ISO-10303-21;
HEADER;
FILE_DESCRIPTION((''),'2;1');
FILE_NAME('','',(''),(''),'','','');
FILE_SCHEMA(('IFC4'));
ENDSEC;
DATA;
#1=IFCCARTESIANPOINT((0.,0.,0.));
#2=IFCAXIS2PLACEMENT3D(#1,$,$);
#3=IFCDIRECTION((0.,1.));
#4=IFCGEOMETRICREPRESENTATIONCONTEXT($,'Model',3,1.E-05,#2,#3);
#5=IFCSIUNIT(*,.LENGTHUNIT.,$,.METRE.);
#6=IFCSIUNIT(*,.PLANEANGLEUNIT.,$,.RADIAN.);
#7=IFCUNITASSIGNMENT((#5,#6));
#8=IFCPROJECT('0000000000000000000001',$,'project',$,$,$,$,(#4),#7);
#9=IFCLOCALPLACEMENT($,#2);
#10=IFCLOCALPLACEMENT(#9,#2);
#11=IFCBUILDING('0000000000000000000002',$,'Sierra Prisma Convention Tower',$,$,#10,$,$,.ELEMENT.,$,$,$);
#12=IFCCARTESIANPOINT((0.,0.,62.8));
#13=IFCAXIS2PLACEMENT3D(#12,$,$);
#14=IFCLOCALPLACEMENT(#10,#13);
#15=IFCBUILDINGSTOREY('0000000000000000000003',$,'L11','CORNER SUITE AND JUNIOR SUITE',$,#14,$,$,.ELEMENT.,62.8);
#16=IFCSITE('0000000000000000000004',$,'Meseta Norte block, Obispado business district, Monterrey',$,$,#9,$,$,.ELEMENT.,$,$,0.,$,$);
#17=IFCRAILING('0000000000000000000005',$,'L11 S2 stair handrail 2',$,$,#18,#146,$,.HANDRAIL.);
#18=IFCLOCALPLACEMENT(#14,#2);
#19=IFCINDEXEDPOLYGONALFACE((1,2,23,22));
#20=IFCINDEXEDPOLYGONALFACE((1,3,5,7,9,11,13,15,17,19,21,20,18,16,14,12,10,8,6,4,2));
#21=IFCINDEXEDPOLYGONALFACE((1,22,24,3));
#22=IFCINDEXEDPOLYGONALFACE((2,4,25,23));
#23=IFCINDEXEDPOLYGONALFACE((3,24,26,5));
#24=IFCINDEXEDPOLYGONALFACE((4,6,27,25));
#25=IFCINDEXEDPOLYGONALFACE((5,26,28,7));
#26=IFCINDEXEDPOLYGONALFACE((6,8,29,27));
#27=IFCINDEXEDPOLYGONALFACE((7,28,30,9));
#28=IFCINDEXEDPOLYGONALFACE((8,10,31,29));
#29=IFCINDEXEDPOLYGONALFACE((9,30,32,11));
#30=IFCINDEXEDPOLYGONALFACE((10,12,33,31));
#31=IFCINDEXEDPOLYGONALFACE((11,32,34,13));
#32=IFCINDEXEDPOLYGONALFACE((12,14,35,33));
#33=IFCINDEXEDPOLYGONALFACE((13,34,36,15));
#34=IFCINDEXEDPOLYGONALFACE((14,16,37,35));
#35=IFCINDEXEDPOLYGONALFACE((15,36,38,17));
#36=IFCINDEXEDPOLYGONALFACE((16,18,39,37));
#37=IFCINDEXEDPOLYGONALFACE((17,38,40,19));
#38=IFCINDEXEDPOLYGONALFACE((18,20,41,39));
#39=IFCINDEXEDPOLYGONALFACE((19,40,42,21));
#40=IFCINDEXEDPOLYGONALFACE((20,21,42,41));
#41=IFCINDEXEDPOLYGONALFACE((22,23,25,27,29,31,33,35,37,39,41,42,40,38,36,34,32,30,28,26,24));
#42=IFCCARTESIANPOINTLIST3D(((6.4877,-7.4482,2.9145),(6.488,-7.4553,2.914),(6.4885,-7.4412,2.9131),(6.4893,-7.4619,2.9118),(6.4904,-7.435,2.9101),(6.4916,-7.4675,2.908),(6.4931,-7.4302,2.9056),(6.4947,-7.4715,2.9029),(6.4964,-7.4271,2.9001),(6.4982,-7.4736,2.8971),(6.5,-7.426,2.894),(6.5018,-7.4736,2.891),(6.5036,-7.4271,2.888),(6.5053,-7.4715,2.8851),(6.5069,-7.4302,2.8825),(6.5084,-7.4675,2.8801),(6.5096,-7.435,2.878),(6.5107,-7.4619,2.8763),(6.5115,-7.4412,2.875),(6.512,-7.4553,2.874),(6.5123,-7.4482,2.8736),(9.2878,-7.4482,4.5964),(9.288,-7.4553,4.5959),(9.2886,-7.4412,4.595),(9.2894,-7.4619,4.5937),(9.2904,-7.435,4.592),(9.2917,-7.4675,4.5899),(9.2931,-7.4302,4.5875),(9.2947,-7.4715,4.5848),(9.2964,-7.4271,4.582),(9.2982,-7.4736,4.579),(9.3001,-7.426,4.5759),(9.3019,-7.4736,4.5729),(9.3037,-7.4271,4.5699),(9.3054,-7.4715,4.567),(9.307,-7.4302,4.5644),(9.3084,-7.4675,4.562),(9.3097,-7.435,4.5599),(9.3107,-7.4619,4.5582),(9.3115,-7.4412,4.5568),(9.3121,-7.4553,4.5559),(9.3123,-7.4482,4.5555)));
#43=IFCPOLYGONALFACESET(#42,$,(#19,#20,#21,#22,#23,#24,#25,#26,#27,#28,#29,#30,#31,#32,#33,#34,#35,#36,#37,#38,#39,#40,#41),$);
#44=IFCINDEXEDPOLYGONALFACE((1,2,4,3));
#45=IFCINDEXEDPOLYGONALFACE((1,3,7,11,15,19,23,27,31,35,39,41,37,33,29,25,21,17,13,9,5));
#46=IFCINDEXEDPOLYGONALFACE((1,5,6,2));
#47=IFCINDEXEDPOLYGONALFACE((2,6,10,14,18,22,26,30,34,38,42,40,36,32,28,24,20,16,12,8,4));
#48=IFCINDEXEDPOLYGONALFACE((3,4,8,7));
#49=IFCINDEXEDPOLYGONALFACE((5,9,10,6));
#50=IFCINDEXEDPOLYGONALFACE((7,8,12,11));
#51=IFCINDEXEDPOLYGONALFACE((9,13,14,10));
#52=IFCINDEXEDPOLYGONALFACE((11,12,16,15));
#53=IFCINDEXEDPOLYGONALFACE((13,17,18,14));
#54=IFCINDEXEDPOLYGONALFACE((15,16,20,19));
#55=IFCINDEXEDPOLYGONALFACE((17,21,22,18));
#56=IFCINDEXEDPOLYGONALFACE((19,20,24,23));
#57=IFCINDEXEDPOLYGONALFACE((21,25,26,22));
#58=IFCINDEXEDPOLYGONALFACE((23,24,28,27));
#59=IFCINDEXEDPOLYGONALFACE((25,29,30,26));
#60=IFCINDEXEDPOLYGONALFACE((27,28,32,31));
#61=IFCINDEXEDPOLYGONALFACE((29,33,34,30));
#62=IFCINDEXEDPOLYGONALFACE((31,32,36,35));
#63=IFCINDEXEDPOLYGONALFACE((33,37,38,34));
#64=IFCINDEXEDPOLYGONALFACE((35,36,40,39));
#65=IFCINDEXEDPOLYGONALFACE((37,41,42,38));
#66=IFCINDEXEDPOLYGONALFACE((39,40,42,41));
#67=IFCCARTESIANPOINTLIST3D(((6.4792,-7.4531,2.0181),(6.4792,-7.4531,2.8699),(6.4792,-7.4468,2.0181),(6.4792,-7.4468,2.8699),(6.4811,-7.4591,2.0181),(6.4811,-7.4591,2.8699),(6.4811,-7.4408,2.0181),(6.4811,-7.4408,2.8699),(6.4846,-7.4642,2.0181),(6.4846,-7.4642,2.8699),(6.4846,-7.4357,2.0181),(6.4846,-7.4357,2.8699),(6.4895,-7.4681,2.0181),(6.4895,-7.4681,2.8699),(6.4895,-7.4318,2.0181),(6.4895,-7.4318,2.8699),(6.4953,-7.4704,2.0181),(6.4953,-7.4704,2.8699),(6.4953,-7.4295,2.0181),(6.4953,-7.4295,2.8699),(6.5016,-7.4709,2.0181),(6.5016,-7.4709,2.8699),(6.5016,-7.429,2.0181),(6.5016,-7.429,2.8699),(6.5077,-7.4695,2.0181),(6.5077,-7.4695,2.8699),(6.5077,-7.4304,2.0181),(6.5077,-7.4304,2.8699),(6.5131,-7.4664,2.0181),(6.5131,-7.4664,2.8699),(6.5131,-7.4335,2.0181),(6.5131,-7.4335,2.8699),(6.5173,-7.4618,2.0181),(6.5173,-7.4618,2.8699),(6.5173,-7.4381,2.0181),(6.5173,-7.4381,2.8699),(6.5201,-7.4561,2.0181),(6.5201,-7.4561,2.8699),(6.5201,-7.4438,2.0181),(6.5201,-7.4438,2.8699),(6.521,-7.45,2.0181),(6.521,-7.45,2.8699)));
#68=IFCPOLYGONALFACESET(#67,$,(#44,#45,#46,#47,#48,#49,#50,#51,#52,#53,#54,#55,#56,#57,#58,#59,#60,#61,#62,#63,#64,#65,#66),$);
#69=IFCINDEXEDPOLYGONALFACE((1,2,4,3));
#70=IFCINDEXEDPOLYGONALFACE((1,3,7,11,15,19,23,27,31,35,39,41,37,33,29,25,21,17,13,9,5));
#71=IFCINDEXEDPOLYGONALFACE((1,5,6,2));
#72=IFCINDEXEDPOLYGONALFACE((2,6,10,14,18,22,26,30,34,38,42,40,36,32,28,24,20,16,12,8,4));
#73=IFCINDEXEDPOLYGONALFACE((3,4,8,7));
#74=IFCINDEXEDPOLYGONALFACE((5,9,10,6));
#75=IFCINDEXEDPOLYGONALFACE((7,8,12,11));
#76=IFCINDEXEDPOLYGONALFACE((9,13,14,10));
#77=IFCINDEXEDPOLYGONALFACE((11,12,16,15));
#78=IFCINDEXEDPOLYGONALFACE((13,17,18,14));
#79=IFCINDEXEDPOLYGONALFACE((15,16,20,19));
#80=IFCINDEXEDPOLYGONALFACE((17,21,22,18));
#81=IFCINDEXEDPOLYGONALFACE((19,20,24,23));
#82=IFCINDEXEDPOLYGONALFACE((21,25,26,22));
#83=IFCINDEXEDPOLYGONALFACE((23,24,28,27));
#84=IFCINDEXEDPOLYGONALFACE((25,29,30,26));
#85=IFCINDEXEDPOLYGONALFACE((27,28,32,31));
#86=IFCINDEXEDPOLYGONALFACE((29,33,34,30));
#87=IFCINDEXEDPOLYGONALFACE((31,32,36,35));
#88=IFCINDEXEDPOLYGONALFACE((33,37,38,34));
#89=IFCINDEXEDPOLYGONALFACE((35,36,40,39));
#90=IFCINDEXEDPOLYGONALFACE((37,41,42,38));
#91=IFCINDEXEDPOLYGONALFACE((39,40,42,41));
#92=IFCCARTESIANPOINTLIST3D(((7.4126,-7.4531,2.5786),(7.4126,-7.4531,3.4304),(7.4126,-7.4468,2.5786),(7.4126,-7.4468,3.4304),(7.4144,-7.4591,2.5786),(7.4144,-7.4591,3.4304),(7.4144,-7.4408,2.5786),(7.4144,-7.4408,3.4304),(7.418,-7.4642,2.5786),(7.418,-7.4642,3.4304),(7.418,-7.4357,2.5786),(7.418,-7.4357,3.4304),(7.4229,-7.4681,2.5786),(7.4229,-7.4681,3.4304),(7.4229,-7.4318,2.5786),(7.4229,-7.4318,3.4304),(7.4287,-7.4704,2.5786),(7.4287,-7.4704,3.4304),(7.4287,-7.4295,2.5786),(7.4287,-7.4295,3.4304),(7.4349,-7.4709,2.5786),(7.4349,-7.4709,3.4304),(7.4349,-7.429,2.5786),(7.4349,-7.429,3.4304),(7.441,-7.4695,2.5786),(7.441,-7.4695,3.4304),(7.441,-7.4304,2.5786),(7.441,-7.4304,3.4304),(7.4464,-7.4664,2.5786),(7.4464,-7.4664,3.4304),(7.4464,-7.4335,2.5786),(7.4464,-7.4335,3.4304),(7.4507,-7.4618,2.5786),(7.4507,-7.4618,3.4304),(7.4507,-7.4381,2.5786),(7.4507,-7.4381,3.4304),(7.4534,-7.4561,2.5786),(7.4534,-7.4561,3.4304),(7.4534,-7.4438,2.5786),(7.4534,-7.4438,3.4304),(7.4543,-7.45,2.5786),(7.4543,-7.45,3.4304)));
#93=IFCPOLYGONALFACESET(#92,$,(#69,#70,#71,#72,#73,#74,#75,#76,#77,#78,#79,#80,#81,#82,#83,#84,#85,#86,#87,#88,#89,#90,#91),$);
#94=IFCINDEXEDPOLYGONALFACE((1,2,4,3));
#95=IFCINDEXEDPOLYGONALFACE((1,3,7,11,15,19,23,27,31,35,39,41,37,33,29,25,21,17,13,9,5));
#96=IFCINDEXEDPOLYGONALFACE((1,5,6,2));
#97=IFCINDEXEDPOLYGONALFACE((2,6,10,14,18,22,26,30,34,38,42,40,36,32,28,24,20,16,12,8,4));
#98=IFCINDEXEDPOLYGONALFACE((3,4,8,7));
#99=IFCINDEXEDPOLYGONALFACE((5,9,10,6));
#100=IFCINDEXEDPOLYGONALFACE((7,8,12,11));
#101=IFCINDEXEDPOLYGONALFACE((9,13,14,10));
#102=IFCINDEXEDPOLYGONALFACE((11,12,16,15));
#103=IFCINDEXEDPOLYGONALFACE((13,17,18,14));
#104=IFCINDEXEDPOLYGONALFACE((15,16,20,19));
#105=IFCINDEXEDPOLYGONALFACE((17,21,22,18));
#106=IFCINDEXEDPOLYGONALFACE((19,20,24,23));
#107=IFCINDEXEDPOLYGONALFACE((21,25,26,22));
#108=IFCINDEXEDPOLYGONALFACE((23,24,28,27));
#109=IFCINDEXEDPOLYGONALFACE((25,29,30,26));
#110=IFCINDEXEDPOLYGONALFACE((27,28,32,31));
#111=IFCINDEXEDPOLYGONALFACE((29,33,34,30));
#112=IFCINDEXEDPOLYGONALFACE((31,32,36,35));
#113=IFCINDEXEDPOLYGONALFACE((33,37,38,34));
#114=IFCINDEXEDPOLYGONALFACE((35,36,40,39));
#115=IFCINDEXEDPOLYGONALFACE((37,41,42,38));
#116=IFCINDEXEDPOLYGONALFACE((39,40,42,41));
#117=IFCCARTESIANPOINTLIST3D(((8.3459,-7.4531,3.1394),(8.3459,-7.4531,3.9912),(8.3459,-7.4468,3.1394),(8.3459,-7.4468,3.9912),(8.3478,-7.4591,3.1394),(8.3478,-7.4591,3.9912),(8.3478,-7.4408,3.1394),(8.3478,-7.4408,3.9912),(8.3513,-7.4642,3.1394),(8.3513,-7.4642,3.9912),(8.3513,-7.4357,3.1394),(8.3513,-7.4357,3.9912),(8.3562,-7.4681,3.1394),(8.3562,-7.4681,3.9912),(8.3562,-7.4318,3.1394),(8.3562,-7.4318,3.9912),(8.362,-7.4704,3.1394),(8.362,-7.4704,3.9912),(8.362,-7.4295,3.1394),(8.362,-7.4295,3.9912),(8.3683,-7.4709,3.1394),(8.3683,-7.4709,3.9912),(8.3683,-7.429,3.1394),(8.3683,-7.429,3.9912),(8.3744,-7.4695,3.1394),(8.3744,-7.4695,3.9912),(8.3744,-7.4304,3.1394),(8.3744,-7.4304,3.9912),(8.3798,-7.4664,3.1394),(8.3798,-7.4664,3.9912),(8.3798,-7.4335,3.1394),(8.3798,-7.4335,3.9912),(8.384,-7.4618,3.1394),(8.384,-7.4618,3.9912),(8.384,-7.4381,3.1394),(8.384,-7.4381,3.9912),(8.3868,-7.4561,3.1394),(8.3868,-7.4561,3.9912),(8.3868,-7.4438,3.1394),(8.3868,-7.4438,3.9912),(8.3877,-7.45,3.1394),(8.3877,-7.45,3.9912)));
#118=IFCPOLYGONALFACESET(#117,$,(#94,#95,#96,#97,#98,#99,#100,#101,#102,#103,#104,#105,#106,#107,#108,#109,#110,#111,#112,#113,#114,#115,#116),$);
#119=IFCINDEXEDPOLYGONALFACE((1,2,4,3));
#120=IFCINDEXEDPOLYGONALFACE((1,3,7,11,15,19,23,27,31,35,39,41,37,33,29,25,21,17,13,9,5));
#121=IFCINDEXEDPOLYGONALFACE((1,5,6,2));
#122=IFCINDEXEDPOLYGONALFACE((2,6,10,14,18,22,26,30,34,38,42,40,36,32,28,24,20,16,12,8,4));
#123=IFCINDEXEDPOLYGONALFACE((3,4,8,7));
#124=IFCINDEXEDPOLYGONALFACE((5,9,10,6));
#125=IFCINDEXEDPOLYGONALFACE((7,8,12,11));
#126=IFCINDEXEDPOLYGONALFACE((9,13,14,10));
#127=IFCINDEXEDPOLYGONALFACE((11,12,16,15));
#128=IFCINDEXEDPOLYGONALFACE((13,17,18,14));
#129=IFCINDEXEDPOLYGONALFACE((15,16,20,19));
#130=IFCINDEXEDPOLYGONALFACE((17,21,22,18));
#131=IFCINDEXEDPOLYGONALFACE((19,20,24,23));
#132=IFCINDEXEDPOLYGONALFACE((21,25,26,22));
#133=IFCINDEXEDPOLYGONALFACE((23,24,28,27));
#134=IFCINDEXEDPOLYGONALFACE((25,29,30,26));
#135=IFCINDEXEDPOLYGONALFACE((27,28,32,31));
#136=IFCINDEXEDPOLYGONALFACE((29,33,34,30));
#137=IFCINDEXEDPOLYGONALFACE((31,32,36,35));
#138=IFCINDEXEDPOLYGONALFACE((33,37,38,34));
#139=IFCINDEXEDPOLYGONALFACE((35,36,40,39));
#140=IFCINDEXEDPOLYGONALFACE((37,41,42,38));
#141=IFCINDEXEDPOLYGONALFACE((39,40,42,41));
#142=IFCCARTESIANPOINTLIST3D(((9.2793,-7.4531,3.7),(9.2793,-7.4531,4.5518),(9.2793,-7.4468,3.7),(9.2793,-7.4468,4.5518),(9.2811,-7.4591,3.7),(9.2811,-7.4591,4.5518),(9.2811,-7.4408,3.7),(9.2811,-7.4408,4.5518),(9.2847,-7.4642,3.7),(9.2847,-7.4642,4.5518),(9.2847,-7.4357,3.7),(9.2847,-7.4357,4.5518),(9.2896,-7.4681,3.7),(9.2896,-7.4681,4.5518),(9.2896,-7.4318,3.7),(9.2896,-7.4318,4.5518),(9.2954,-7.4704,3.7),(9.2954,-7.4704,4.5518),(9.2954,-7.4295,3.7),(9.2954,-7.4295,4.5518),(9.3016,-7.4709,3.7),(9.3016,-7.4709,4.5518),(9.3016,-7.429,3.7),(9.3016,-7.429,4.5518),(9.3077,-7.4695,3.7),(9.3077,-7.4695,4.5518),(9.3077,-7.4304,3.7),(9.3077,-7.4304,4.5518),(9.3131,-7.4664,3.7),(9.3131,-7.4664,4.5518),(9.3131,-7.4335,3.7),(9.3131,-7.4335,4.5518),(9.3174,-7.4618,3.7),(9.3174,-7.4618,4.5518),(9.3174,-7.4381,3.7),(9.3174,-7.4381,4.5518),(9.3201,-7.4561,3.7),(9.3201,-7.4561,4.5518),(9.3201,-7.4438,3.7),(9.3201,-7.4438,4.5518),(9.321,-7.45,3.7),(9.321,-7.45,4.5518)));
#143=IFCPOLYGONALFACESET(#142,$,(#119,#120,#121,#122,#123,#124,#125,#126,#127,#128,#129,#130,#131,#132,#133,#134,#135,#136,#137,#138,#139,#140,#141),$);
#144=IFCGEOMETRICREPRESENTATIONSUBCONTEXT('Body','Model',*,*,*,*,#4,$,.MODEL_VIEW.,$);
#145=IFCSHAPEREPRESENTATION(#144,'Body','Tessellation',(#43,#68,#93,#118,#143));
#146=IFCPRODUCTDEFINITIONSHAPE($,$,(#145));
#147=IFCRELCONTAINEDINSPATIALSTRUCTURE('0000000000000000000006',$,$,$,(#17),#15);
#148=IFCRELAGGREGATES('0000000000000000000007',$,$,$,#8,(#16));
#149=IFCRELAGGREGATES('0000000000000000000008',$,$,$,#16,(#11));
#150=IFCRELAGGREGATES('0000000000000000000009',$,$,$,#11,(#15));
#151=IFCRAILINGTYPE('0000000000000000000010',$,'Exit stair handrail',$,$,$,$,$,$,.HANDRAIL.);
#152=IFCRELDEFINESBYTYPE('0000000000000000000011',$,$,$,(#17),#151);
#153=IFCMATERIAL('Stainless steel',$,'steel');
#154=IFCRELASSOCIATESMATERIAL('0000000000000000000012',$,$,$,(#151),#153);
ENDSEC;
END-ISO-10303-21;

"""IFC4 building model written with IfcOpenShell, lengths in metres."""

from ifc_helpers import new_model, si_unit, direction, frame, origin, origin_2d, place, context, subcontext, project, spatial, circle, extrude, material, type_object, element, save


model = new_model("IFC4")

# Units and contexts
model_context = context("Model", 3, precision=1e-05, world=origin(), true_north=direction((0.0, 1.0)))
body_context = subcontext(model_context, "Body", "Model", "MODEL_VIEW")
ifc_project = project(units=[si_unit("LENGTHUNIT", "METRE"), si_unit("PLANEANGLEUNIT", "RADIAN")], contexts=[model_context])

# Site, building, storey
site_placement = place(None, origin())
site = spatial("IfcSite", under=ifc_project, at=site_placement, Name="Meseta Norte block, Obispado business district, Monterrey", CompositionType="ELEMENT", RefElevation=0.0)
building_placement = place(site_placement, origin())
building = spatial("IfcBuilding", under=site, at=building_placement, Name="Sierra Prisma Convention Tower", CompositionType="ELEMENT")
storey_placement = place(building_placement, frame((0.0, 0.0, 62.8)))
storey = spatial("IfcBuildingStorey", under=building, at=storey_placement, Name="L11", Description="CORNER SUITE AND JUNIOR SUITE", CompositionType="ELEMENT", Elevation=62.8)

# Railing
ifc_material_1 = material(Name="Stainless steel", Category="steel")
railing_type = type_object("IfcRailingType", Name="Exit stair handrail", PredefinedType="HANDRAIL", material=ifc_material_1)
railing_placement = place(storey_placement, frame((6.5, -7.45, 2.0181)))
element("IfcRailing", 1, at=railing_placement, inside=storey, type_object=railing_type, Name="L11 S2 stair handrail 2", PredefinedType="HANDRAIL", context=body_context, shape_type="SweptSolid", body=[
    extrude(circle(Radius=0.0239, at=origin_2d()), frame((0.0, 0.0, 0.876), z_axis=(0.857242, 0.0, 0.514913), x_axis=(0.0, 1.0, 0.0)), (0.0, 0.0, 1.0), 3.2664),
    extrude(circle(Radius=0.021, at=origin_2d()), origin(), (0.0, 0.0, 1.0), 0.8518),
    extrude(circle(Radius=0.021, at=origin_2d()), frame((0.9333, 0.0, 0.5605)), (0.0, 0.0, 1.0), 0.8518),
    extrude(circle(Radius=0.021, at=origin_2d()), frame((1.8667, 0.0, 1.1213)), (0.0, 0.0, 1.0), 0.8518),
    extrude(circle(Radius=0.021, at=origin_2d()), frame((2.8, 0.0, 1.6819)), (0.0, 0.0, 1.0), 0.8518),
])

save(model, "model.ifc")
